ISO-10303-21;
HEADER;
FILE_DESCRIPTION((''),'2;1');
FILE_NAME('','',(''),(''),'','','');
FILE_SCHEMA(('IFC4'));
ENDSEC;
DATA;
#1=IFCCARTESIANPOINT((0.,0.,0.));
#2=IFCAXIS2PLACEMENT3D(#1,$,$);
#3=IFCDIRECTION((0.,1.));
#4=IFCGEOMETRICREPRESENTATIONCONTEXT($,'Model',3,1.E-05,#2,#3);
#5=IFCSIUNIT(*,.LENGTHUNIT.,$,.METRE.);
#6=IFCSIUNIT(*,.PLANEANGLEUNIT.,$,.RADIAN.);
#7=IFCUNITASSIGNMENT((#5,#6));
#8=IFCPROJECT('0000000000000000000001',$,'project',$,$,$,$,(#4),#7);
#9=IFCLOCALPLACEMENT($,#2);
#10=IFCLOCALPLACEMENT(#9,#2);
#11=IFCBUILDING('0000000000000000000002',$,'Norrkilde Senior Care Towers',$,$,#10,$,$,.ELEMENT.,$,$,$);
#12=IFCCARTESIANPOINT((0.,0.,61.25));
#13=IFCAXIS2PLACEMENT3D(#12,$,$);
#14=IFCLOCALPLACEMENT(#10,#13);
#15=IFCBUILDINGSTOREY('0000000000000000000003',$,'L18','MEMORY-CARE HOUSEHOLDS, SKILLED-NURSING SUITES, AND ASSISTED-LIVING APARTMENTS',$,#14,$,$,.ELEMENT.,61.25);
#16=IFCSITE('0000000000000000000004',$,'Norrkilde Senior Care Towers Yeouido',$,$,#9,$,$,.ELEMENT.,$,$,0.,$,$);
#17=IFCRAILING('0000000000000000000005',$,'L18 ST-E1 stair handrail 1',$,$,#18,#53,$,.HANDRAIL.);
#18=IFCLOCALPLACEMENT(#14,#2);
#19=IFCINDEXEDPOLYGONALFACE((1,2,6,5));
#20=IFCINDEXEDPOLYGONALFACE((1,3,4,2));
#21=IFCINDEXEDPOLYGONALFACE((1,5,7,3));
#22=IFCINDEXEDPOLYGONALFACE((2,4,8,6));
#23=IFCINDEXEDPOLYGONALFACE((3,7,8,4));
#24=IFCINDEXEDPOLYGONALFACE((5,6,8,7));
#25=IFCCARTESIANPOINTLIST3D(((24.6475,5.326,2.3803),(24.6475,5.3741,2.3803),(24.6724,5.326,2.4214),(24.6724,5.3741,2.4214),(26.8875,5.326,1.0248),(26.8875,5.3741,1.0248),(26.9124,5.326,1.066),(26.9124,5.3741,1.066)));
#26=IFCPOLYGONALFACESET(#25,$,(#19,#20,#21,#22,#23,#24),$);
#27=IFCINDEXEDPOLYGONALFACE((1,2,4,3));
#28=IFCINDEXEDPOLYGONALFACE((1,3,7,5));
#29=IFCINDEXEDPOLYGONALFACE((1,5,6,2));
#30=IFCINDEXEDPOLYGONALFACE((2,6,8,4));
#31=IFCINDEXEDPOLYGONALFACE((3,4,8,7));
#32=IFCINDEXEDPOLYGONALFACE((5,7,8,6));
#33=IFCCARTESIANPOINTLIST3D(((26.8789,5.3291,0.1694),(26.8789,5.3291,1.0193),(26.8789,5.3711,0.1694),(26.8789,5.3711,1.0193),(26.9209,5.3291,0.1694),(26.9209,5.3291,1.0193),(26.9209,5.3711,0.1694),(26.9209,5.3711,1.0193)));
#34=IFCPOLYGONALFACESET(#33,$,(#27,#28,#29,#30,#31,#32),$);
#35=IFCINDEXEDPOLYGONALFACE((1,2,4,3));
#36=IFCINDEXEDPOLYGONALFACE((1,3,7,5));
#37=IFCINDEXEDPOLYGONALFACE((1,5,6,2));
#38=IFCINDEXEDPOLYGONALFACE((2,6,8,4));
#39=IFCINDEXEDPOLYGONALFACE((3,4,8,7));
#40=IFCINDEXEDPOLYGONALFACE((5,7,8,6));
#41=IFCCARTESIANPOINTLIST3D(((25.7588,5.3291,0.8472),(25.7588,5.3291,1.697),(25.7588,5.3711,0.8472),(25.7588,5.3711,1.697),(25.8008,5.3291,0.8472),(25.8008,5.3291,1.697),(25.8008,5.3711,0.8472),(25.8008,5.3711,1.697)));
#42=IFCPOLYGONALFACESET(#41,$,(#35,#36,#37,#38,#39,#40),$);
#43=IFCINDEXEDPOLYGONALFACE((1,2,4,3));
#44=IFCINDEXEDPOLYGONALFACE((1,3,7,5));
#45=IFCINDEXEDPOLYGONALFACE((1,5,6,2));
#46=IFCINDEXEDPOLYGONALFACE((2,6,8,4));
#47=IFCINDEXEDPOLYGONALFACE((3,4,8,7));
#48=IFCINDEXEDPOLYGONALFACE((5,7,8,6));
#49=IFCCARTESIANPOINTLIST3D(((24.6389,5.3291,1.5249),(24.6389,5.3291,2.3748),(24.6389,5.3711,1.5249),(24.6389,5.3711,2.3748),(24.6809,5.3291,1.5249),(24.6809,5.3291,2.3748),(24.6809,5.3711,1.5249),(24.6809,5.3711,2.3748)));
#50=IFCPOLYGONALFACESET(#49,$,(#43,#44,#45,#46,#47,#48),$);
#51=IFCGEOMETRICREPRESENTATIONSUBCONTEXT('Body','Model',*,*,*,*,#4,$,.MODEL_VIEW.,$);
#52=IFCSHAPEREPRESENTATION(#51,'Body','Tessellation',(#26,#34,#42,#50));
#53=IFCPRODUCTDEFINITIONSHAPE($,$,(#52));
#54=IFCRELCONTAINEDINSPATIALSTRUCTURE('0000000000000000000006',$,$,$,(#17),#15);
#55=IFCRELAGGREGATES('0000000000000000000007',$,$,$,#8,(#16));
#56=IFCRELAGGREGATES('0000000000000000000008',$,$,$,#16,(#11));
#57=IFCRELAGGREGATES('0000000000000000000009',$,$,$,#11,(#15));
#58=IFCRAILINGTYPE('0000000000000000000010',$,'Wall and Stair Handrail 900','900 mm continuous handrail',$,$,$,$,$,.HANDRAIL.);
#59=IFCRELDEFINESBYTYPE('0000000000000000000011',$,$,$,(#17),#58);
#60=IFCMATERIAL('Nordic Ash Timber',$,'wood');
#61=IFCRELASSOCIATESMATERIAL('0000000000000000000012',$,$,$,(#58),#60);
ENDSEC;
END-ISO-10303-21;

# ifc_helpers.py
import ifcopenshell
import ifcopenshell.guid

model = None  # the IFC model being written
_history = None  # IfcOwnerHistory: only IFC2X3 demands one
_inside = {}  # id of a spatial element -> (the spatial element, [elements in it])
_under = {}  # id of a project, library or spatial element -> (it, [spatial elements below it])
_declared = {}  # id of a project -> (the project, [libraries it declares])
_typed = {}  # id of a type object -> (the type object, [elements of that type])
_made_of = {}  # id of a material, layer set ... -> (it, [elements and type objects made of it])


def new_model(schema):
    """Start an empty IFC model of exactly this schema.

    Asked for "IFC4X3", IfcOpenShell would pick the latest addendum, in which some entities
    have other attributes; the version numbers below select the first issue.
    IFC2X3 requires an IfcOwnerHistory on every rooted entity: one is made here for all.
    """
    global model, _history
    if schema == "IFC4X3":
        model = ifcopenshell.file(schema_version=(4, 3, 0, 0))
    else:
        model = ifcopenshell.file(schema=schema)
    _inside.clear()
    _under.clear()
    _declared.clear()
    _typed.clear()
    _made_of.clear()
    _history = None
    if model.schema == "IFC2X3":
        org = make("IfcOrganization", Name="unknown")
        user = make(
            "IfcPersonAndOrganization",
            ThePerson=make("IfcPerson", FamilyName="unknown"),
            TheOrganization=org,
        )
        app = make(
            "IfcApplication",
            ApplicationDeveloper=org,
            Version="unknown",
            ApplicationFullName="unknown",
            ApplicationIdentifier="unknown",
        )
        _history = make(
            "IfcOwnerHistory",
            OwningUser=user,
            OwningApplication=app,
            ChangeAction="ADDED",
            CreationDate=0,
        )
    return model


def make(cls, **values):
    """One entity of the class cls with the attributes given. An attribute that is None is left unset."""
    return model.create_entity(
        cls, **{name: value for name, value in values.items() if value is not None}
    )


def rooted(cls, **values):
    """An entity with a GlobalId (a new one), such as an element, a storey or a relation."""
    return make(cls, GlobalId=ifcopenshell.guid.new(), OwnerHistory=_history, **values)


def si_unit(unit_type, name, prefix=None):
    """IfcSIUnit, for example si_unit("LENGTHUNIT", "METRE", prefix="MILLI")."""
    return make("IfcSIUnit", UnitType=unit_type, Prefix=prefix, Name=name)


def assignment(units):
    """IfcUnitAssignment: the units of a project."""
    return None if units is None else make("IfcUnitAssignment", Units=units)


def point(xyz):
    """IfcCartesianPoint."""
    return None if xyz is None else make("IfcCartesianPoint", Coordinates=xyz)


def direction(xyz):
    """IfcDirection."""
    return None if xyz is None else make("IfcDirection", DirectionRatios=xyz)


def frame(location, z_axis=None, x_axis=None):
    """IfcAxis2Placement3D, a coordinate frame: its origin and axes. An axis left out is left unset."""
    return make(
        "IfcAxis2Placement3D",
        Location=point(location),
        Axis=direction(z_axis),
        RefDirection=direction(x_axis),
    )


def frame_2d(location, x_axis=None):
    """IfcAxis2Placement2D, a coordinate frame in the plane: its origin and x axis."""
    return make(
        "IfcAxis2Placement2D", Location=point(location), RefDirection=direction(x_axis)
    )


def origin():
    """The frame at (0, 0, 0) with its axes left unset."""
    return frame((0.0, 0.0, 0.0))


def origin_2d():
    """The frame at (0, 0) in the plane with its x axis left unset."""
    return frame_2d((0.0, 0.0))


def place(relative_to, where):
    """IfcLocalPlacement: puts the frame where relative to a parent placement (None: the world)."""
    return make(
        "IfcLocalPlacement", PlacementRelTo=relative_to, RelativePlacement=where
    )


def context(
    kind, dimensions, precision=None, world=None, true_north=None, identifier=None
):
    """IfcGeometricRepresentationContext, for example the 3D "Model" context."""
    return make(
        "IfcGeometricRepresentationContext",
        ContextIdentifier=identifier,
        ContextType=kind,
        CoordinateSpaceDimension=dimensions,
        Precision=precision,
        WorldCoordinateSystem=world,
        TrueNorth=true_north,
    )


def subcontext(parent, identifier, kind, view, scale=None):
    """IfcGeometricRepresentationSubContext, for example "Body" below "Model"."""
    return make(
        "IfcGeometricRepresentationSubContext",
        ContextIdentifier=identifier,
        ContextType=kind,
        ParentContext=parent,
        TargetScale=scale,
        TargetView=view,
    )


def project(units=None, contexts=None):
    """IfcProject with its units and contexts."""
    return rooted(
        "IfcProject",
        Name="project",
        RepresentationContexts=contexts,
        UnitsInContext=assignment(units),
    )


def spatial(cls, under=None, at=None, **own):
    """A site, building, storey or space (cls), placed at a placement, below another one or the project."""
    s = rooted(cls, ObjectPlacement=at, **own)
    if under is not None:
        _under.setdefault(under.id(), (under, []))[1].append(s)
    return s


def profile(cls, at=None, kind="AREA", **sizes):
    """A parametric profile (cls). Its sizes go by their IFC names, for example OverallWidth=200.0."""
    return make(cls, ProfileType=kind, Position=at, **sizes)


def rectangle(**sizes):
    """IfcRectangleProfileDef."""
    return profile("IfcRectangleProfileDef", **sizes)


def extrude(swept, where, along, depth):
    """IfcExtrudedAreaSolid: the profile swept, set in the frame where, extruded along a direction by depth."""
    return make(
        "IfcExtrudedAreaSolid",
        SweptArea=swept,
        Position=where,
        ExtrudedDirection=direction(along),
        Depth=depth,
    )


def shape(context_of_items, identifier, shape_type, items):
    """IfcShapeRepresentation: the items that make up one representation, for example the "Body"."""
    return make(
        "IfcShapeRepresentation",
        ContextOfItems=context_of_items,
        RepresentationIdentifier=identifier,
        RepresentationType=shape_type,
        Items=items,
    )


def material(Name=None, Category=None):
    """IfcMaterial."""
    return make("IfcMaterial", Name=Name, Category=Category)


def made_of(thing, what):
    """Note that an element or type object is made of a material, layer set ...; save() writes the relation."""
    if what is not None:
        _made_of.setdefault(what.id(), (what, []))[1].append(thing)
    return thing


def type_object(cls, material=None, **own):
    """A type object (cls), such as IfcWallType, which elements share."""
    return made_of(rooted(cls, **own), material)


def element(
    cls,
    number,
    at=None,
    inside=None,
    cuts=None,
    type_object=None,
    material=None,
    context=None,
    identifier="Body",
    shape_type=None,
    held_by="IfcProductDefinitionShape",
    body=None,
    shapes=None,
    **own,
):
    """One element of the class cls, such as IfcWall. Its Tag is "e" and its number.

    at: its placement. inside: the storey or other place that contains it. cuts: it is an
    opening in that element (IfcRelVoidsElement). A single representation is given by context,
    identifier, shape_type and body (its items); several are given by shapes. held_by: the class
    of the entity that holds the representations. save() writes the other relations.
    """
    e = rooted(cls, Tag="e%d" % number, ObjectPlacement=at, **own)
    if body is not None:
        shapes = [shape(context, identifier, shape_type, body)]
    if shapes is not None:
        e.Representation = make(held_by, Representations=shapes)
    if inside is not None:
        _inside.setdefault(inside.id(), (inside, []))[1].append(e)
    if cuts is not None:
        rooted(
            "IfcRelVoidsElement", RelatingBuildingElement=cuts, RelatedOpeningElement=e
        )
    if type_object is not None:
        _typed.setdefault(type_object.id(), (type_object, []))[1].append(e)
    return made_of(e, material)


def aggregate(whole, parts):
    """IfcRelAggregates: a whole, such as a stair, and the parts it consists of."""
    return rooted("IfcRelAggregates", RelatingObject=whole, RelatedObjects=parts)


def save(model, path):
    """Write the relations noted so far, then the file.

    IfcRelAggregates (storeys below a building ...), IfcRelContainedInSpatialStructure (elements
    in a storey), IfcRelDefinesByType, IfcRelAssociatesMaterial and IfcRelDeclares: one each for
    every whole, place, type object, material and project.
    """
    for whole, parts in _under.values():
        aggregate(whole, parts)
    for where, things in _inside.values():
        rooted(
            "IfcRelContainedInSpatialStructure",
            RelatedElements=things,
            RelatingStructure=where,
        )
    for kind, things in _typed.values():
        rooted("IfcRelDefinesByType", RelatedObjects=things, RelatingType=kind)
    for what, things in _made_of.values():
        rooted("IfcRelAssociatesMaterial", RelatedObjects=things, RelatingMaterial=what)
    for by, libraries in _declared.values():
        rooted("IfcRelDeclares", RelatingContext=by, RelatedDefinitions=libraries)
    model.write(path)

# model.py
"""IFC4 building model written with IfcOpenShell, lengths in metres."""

from ifc_helpers import new_model, si_unit, direction, frame, origin, origin_2d, place, context, subcontext, project, spatial, rectangle, extrude, material, type_object, element, save


model = new_model("IFC4")

# Units and contexts
model_context = context("Model", 3, precision=1e-05, world=origin(), true_north=direction((0.0, 1.0)))
body_context = subcontext(model_context, "Body", "Model", "MODEL_VIEW")
ifc_project = project(units=[si_unit("LENGTHUNIT", "METRE"), si_unit("PLANEANGLEUNIT", "RADIAN")], contexts=[model_context])

# Site, building, storey
site_placement = place(None, origin())
site = spatial("IfcSite", under=ifc_project, at=site_placement, Name="Norrkilde Senior Care Towers Yeouido", CompositionType="ELEMENT", RefElevation=0.0)
building_placement = place(site_placement, origin())
building = spatial("IfcBuilding", under=site, at=building_placement, Name="Norrkilde Senior Care Towers", CompositionType="ELEMENT")
storey_placement = place(building_placement, frame((0.0, 0.0, 61.25)))
storey = spatial("IfcBuildingStorey", under=building, at=storey_placement, Name="L18", Description="MEMORY-CARE HOUSEHOLDS, SKILLED-NURSING SUITES, AND ASSISTED-LIVING APARTMENTS", CompositionType="ELEMENT", Elevation=61.25)

# Shared definitions
ifc_material_1 = material(Name="Nordic Ash Timber", Category="wood")

# Railing
railing_type_1 = type_object("IfcRailingType", Name="Wall and Stair Handrail 900", Description="900 mm continuous handrail", PredefinedType="HANDRAIL", material=ifc_material_1)
railing_1_placement = place(storey_placement, frame((26.8999, 5.3501, 0.1694)))
element("IfcRailing", 1, at=railing_1_placement, inside=storey, type_object=railing_type_1, Name="L18 ST-E1 stair handrail 1", PredefinedType="HANDRAIL", context=body_context, shape_type="SweptSolid", body=[
    extrude(rectangle(XDim=0.0481, YDim=0.0481, at=origin_2d()), frame((0.0, 0.0, 0.876), z_axis=(-0.855553, 0.0, 0.517715), x_axis=(0.0, -1.0, 0.0)), (0.0, 0.0, 1.0), 2.6182),
    extrude(rectangle(XDim=0.042, YDim=0.042, at=origin_2d()), origin(), (0.0, 0.0, 1.0), 0.8499),
    extrude(rectangle(XDim=0.042, YDim=0.042, at=origin_2d()), frame((-1.1201, 0.0, 0.6777)), (0.0, 0.0, 1.0), 0.8499),
    extrude(rectangle(XDim=0.042, YDim=0.042, at=origin_2d()), frame((-2.24, 0.0, 1.3555)), (0.0, 0.0, 1.0), 0.8499),
])

save(model, "model.ifc")
